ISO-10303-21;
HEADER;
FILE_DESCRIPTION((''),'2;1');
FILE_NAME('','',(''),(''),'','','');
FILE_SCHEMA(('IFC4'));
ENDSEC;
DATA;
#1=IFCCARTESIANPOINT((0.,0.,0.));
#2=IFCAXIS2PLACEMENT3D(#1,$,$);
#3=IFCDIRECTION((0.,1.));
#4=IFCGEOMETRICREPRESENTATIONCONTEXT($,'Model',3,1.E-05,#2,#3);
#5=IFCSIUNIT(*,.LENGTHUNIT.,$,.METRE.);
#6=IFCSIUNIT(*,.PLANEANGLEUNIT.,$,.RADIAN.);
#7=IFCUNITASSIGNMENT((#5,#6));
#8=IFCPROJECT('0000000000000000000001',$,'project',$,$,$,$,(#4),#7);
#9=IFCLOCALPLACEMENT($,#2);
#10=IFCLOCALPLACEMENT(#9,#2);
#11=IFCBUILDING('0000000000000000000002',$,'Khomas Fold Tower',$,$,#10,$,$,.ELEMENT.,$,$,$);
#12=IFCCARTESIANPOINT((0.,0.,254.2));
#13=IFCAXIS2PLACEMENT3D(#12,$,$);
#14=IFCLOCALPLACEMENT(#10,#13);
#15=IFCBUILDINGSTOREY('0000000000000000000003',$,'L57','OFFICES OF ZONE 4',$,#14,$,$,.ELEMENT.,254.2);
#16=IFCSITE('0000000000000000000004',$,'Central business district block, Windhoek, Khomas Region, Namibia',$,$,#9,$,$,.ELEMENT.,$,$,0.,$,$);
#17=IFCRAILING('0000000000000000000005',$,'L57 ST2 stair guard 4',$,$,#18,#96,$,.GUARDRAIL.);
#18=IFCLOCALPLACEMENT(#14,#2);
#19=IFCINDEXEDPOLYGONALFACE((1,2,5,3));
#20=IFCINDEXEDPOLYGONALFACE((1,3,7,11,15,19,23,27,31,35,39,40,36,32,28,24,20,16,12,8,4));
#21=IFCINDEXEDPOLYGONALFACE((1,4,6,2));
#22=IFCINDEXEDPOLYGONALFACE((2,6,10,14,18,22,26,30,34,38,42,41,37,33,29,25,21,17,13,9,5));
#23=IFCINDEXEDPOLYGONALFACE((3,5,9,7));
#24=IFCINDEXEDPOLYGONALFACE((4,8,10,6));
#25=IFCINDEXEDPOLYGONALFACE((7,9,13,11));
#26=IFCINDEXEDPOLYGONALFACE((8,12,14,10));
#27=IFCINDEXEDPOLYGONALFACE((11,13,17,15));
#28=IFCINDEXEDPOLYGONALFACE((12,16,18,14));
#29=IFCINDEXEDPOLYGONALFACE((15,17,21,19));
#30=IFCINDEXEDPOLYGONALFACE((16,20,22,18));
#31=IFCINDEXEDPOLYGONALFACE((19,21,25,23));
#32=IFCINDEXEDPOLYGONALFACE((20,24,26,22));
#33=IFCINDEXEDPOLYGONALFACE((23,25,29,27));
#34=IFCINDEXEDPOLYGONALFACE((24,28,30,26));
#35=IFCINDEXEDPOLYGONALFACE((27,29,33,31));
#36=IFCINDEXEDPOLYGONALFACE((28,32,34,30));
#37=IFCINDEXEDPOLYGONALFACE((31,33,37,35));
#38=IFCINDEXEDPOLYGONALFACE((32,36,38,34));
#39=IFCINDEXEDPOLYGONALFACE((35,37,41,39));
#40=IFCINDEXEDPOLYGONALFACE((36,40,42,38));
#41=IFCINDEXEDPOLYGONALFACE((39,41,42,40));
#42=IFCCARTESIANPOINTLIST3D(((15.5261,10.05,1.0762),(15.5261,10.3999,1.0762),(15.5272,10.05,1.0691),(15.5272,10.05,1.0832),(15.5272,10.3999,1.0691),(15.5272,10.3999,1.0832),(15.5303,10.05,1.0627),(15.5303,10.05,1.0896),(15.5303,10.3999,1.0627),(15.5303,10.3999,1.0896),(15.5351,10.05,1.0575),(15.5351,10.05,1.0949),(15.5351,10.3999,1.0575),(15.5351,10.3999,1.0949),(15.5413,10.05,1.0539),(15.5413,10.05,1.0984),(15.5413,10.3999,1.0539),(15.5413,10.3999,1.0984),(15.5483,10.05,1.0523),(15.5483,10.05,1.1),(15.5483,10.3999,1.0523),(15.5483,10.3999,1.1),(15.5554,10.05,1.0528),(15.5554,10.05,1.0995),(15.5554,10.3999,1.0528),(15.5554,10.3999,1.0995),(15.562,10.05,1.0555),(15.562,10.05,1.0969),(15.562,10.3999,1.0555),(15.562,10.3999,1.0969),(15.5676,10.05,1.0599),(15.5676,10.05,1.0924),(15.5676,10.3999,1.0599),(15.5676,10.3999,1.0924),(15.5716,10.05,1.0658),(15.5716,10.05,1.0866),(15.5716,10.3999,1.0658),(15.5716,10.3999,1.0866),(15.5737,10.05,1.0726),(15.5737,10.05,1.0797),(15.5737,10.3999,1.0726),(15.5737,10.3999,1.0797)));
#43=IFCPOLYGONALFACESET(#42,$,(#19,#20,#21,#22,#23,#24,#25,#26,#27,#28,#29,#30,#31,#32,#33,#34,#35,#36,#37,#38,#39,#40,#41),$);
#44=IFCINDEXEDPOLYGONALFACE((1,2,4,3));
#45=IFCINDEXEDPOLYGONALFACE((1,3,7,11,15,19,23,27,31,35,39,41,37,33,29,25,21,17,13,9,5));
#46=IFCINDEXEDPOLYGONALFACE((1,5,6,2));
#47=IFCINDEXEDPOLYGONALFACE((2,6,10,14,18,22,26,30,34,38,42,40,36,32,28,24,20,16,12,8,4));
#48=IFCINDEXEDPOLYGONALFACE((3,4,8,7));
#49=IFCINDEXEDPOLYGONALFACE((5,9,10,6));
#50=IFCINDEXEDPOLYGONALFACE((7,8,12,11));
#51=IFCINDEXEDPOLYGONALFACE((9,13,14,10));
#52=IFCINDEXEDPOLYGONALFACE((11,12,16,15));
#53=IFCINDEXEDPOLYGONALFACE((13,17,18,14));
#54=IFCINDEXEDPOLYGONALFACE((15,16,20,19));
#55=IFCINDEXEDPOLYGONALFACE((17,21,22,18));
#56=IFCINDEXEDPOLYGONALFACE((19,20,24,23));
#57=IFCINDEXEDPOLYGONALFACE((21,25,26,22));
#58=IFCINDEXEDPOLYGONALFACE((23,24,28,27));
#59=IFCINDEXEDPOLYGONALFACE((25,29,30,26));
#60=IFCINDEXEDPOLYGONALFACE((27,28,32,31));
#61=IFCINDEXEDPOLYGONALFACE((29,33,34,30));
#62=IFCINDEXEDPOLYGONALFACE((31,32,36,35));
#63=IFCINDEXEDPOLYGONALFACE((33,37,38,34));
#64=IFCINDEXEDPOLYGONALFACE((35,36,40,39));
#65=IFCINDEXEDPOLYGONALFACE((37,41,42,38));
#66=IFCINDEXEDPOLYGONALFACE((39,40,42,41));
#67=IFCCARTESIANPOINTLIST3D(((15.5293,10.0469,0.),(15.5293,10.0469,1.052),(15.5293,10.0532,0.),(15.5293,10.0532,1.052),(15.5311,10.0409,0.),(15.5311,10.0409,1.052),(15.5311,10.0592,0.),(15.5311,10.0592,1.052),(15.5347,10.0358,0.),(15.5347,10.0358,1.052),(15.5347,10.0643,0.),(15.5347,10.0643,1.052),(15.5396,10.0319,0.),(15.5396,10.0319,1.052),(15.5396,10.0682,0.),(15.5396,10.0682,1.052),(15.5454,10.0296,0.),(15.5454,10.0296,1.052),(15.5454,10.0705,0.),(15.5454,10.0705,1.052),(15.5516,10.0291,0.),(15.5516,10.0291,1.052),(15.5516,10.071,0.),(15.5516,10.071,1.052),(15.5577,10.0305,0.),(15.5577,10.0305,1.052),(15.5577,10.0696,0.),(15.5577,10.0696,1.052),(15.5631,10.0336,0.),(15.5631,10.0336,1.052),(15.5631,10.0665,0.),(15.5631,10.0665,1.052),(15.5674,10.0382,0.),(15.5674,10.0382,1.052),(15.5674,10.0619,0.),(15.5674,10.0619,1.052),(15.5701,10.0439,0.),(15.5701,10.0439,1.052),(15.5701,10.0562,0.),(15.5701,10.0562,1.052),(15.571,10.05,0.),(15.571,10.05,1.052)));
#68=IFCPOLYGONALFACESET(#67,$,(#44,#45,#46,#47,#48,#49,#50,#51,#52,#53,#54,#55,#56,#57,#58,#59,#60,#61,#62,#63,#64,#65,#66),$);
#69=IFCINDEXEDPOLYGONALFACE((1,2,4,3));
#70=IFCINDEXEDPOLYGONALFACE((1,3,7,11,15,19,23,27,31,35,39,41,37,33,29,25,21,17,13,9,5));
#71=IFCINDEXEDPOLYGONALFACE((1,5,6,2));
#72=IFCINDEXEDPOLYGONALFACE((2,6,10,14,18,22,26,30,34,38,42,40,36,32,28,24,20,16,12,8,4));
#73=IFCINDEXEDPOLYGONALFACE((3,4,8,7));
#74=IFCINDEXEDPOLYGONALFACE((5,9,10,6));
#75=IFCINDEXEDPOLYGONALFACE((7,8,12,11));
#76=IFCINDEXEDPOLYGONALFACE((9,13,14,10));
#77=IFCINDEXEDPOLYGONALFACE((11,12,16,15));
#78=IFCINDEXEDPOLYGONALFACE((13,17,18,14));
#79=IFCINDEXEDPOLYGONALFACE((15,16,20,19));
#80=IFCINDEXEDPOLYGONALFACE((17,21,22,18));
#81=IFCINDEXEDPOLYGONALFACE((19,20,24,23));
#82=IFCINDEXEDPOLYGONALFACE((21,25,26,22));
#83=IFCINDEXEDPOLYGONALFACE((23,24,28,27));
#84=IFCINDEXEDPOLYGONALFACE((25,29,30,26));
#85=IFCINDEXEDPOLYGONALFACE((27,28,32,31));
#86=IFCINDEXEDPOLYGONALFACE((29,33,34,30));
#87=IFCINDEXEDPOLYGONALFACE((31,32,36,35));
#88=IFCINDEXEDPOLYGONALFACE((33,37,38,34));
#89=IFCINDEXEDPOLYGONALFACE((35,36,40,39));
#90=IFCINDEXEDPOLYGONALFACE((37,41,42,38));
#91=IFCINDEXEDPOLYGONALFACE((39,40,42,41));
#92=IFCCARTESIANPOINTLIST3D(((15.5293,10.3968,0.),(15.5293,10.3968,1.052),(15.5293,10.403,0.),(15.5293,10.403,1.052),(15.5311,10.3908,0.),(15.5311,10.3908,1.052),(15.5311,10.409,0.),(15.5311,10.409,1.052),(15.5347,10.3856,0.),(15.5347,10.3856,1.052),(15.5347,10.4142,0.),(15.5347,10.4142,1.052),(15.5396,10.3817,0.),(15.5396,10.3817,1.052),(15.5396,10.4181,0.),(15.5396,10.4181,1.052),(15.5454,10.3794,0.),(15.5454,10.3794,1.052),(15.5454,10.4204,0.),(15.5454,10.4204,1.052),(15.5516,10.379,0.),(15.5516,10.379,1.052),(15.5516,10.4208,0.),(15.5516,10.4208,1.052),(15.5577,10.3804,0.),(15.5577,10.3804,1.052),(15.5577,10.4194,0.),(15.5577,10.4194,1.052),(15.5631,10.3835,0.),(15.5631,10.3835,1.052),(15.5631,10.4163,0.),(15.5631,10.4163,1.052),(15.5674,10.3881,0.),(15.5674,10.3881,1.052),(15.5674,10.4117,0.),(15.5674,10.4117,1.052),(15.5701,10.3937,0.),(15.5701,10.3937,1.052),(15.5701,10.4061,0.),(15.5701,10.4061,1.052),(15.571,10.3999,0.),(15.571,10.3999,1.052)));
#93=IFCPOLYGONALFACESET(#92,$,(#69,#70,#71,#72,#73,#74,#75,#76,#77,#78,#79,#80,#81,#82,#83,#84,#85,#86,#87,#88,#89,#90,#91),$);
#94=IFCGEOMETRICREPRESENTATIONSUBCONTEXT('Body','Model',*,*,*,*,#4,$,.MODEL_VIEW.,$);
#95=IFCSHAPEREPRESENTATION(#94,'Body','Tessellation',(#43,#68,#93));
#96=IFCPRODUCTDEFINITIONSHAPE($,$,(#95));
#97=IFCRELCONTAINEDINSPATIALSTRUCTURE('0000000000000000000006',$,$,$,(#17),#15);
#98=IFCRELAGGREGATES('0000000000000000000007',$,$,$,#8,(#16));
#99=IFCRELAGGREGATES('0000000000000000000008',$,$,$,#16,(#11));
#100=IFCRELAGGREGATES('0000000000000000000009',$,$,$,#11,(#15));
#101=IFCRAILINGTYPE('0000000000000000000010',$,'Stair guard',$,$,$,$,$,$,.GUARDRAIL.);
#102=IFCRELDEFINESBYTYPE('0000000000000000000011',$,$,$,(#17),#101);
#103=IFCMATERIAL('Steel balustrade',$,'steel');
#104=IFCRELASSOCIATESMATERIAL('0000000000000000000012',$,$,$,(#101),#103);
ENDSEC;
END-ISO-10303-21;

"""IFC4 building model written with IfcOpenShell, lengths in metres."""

from ifc_helpers import new_model, si_unit, direction, frame, origin, origin_2d, place, context, subcontext, project, spatial, circle, extrude, source, transform, mapped, material, type_object, element, save


model = new_model("IFC4")

# Units and contexts
model_context = context("Model", 3, precision=1e-05, world=origin(), true_north=direction((0.0, 1.0)))
body_context = subcontext(model_context, "Body", "Model", "MODEL_VIEW")
ifc_project = project(units=[si_unit("LENGTHUNIT", "METRE"), si_unit("PLANEANGLEUNIT", "RADIAN")], contexts=[model_context])

# Site, building, storey
site_placement = place(None, origin())
site = spatial("IfcSite", under=ifc_project, at=site_placement, Name="Central business district block, Windhoek, Khomas Region, Namibia", CompositionType="ELEMENT", RefElevation=0.0)
building_placement = place(site_placement, origin())
building = spatial("IfcBuilding", under=site, at=building_placement, Name="Khomas Fold Tower", CompositionType="ELEMENT")
storey_placement = place(building_placement, frame((0.0, 0.0, 254.2)))
storey = spatial("IfcBuildingStorey", under=building, at=storey_placement, Name="L57", Description="OFFICES OF ZONE 4", CompositionType="ELEMENT", Elevation=254.2)

# Railing
ifc_material_1 = material(Name="Steel balustrade", Category="steel")
railing_type_1 = type_object("IfcRailingType", Name="Stair guard", PredefinedType="GUARDRAIL", material=ifc_material_1)
shared_shape_1 = source(origin(), body_context, "Body", "SweptSolid", [
    extrude(circle(Radius=0.0239, at=origin_2d()), frame((0.0, 0.0, 1.0762), z_axis=(0.0, 1.0, 0.0), x_axis=(-1.0, 0.0, 0.0)), (0.0, 0.0, 1.0), 0.3499),
    extrude(circle(Radius=0.021, at=origin_2d()), origin(), (0.0, 0.0, 1.0), 1.052),
    extrude(circle(Radius=0.021, at=origin_2d()), frame((0.0, 0.3499, 0.0)), (0.0, 0.0, 1.0), 1.052),
])
for number, where, name in (
    (1, (15.55, 10.05, 0.0), "L57 ST2 stair guard 4"),
):
    element("IfcRailing", number, at=place(storey_placement, frame(where)), inside=storey, type_object=railing_type_1, Name=name, PredefinedType="GUARDRAIL", context=body_context, shape_type="MappedRepresentation", body=[
        mapped(shared_shape_1, transform((0.0, 0.0, 0.0))),
    ])

save(model, "model.ifc")
